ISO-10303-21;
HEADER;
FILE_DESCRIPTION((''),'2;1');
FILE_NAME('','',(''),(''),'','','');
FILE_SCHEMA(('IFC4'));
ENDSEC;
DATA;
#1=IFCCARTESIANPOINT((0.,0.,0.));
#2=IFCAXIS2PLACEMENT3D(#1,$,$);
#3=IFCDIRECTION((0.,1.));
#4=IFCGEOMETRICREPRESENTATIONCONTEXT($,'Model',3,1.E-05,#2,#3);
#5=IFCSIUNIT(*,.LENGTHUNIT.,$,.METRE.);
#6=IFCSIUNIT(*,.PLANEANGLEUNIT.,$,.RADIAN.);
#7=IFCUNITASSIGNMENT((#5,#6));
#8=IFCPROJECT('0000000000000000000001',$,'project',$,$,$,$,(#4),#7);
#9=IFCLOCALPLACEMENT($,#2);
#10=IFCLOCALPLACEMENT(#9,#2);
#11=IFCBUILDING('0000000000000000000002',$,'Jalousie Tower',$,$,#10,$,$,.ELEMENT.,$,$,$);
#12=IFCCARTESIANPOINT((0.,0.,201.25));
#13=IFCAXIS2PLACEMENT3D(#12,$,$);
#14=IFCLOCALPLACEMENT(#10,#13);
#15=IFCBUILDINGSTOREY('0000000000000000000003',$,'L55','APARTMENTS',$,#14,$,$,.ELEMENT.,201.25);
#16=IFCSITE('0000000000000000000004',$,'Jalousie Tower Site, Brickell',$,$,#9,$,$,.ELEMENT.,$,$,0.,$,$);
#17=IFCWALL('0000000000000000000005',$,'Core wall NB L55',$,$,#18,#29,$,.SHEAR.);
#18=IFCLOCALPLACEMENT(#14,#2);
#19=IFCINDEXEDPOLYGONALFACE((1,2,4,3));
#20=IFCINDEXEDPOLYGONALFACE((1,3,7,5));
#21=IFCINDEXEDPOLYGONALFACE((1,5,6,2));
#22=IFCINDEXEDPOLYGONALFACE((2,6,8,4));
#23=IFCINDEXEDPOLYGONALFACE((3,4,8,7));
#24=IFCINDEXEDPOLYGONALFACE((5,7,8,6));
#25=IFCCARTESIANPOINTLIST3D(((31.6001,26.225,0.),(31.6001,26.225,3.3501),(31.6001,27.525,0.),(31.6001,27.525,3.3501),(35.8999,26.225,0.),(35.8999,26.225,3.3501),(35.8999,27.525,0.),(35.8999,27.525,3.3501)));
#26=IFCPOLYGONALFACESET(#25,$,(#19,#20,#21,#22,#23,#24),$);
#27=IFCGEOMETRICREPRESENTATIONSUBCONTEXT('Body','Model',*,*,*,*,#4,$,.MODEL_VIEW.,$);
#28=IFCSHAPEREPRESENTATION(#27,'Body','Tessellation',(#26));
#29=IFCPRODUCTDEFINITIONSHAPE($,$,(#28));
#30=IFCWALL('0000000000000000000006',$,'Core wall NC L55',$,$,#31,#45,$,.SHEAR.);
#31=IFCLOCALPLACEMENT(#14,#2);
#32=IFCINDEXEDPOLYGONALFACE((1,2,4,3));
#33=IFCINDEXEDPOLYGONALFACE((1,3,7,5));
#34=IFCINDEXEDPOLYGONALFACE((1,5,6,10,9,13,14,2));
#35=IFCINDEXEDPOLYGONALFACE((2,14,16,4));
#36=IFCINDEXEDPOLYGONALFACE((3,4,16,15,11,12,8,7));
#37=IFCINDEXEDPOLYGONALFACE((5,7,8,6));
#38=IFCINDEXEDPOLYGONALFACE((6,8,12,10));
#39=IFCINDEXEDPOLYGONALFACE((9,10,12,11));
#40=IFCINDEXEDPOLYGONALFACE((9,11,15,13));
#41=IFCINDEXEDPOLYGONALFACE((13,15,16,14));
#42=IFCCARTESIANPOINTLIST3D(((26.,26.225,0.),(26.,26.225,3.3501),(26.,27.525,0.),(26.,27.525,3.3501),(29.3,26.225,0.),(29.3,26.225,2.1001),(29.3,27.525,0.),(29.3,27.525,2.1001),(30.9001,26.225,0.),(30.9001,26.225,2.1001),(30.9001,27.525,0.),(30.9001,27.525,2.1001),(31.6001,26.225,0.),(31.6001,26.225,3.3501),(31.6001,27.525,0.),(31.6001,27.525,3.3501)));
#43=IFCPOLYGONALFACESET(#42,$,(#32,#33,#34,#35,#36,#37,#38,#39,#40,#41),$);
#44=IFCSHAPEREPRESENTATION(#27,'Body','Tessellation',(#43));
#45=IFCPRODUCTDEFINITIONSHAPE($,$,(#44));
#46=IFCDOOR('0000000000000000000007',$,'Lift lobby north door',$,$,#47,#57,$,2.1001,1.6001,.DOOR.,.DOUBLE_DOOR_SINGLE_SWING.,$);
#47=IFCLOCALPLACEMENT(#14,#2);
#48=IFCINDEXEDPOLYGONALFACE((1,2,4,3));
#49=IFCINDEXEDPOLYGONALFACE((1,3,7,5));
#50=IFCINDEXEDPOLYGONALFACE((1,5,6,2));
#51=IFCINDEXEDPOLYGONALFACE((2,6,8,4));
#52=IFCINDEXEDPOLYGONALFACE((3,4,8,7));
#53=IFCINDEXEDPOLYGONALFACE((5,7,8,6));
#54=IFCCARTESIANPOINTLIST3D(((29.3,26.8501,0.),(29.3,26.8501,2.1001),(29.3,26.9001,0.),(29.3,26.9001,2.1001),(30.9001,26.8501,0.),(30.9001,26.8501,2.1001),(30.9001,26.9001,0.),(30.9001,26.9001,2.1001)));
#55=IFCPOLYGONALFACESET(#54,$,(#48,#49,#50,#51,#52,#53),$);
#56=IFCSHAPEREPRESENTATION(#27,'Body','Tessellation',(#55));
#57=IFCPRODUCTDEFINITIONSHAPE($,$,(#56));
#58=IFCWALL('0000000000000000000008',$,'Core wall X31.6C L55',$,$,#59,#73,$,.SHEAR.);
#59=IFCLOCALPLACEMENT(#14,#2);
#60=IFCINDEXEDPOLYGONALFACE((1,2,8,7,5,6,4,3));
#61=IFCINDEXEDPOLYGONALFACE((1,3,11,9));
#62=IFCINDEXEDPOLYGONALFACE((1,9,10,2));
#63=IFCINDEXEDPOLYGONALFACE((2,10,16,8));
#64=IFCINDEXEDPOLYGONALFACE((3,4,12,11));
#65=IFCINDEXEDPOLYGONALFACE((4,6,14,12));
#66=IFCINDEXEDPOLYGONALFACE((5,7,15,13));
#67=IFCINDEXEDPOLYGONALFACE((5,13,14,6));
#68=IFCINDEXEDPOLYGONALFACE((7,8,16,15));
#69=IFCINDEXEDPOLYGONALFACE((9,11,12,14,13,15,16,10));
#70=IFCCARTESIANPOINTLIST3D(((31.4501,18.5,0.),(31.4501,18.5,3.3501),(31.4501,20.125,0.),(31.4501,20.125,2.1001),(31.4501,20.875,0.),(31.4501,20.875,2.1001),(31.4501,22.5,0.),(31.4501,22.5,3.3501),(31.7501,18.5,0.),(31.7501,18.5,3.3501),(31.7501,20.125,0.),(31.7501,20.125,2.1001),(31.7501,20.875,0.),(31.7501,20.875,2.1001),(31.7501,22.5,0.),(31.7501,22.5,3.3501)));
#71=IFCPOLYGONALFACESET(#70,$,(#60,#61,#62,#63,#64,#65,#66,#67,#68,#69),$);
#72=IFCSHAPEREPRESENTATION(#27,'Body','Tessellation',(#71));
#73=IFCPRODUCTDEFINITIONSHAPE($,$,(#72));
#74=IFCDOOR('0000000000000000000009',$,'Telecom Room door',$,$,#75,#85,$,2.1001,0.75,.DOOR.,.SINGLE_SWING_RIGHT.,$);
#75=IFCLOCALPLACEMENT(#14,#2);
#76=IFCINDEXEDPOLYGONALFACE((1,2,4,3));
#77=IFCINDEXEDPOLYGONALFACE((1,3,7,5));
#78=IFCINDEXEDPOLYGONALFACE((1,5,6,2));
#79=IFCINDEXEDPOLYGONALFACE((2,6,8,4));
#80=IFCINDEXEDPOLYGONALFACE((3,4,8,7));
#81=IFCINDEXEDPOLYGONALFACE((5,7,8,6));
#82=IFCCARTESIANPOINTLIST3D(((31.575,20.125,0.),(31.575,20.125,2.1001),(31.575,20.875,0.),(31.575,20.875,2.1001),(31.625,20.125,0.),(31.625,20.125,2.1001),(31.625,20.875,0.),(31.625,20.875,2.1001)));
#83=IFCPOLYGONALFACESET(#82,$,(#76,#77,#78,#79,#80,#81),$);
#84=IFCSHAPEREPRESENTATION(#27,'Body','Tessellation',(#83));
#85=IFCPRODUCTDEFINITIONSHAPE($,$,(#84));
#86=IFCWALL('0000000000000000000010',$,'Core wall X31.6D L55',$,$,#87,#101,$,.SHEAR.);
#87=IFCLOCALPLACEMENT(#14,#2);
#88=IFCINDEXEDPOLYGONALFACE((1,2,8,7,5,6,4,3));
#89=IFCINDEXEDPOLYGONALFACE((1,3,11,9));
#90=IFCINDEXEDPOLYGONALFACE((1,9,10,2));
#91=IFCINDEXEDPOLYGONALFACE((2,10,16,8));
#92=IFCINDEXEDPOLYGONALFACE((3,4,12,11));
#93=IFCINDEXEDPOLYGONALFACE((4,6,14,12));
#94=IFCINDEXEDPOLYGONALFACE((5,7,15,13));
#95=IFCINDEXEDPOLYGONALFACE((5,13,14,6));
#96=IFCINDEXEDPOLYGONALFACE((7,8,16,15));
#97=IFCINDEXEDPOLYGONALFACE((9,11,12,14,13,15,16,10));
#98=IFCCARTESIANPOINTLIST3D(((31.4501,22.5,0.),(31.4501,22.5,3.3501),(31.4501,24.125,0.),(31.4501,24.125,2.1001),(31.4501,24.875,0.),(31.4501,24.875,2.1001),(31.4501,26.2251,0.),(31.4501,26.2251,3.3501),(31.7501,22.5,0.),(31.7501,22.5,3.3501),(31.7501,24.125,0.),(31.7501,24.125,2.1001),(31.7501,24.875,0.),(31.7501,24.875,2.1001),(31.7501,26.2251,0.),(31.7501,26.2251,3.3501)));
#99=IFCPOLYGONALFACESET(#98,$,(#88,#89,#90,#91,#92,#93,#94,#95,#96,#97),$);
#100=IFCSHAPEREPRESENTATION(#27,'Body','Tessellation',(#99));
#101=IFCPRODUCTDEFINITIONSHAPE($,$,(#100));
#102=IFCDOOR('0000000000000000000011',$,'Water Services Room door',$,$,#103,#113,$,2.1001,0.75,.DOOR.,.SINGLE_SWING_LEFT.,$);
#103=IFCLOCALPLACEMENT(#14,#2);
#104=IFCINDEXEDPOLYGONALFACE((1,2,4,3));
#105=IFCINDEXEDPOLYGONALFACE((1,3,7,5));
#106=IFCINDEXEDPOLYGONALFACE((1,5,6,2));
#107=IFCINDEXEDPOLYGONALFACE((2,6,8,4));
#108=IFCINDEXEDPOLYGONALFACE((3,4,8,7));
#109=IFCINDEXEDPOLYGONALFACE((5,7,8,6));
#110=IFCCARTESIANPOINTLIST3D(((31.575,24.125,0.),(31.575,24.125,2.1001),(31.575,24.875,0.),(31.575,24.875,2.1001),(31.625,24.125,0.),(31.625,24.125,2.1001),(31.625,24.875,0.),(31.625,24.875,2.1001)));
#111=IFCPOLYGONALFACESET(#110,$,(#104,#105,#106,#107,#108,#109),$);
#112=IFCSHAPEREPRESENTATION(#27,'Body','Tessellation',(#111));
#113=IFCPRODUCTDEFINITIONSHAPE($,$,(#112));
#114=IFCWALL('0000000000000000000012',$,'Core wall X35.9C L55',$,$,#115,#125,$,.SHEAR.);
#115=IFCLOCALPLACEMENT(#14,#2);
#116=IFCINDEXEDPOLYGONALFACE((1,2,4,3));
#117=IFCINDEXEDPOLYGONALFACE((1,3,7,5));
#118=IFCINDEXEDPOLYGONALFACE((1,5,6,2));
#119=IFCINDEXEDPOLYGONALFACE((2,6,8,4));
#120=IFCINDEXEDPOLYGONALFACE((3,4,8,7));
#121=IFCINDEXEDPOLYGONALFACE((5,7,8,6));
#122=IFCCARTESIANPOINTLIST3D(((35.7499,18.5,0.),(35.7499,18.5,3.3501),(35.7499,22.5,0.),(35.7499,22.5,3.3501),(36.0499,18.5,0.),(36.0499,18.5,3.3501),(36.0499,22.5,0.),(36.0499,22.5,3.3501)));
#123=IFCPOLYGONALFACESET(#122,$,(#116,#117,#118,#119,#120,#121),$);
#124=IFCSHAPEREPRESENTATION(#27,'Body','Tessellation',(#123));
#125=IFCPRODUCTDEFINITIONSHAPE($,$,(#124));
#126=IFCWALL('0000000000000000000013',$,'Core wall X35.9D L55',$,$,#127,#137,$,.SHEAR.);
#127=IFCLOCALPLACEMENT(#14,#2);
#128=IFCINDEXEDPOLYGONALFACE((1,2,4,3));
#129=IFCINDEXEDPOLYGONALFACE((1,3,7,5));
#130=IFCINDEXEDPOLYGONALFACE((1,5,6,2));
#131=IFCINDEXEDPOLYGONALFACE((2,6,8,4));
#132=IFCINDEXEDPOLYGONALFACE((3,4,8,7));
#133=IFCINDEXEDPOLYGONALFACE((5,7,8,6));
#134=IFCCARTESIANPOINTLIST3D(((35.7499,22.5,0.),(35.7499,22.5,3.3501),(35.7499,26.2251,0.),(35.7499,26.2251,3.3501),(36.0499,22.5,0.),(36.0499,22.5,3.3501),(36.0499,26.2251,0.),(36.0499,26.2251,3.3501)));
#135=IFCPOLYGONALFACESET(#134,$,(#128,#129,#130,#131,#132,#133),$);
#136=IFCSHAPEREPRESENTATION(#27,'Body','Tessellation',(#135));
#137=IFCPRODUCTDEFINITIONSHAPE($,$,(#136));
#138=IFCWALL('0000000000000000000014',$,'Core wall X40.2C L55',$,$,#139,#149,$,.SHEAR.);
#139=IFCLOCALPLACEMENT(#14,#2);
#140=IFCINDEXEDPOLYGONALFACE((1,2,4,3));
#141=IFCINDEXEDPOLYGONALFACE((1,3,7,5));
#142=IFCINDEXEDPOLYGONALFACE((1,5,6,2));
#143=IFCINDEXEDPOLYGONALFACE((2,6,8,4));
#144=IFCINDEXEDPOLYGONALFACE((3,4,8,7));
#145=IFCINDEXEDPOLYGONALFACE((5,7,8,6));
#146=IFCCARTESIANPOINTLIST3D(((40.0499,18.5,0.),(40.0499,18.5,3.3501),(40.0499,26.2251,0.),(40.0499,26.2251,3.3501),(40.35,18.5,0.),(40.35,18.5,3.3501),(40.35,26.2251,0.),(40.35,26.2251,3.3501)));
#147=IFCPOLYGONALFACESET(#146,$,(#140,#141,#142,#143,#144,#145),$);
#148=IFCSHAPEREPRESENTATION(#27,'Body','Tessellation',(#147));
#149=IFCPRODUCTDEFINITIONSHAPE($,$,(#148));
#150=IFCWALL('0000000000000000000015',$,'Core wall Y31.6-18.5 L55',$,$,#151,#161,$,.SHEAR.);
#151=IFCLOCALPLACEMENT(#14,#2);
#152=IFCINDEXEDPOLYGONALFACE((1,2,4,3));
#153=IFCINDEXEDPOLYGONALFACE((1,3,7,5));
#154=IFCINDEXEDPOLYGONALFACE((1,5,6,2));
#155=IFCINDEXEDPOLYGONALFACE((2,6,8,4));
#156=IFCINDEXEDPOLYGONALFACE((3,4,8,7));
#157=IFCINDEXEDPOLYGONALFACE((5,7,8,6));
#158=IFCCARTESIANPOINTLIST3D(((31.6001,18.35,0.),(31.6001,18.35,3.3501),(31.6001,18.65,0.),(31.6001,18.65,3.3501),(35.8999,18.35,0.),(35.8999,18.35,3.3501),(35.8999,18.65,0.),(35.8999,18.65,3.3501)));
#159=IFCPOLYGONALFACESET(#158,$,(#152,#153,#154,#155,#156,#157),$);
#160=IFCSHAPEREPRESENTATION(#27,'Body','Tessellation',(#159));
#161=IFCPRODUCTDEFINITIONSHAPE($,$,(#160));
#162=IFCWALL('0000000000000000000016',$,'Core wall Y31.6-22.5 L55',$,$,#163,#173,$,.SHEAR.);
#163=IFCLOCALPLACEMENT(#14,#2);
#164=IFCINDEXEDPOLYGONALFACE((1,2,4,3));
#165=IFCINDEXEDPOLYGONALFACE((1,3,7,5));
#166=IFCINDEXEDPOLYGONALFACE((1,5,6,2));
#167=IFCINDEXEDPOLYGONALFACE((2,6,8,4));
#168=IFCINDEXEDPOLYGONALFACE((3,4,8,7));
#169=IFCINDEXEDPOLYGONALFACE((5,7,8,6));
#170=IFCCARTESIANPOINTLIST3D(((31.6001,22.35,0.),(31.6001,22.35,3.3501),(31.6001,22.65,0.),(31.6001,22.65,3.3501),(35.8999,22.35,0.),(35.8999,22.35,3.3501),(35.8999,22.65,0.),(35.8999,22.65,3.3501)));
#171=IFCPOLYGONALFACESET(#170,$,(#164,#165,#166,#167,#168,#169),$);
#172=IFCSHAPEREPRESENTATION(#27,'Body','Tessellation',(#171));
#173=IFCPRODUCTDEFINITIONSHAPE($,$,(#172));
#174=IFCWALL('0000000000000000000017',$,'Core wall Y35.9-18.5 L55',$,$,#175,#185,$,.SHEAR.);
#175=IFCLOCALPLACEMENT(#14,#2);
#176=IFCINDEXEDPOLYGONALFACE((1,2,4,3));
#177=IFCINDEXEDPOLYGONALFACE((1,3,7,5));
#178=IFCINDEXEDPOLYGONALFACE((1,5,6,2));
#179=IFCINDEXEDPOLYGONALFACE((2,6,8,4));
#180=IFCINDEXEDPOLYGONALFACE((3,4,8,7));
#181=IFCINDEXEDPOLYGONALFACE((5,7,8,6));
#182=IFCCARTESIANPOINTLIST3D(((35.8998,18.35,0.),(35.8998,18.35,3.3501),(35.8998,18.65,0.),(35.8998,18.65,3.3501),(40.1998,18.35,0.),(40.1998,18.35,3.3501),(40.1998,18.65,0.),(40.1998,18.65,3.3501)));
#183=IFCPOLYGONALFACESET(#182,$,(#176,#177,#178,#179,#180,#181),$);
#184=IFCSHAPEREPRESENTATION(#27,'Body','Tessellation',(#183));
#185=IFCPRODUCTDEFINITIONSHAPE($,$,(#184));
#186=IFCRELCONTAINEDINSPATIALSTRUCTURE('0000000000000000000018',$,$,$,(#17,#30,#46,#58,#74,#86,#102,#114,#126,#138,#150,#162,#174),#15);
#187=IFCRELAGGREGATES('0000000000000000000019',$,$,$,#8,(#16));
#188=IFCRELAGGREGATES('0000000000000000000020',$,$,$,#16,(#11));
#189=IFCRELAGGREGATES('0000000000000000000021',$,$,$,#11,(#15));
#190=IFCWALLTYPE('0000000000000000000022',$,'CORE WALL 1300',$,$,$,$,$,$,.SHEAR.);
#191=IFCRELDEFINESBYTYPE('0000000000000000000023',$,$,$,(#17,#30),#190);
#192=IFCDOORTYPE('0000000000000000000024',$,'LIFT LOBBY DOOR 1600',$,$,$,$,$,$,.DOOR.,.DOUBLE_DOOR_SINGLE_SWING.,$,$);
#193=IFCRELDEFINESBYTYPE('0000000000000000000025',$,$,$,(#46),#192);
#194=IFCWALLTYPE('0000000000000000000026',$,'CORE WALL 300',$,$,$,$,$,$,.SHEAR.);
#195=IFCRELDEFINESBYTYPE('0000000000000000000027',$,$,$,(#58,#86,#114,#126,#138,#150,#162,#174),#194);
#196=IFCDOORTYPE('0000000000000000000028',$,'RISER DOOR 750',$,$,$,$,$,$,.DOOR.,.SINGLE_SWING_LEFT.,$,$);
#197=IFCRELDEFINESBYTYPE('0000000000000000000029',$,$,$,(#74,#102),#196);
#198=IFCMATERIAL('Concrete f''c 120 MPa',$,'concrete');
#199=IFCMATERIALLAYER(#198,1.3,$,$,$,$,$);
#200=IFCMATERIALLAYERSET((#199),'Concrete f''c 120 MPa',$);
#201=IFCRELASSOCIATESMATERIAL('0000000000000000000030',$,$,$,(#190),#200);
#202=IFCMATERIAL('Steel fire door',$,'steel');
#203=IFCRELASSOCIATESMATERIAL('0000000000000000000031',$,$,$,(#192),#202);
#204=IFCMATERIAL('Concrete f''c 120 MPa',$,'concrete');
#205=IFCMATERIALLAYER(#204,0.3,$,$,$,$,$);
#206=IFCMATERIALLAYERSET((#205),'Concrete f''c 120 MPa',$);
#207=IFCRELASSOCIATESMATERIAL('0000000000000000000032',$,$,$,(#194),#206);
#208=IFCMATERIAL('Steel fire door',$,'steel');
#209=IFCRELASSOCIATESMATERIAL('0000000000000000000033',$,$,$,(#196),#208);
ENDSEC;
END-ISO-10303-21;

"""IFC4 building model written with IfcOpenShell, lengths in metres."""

from ifc_helpers import new_model, si_unit, direction, frame, frame_2d, origin, place, context, subcontext, project, spatial, rectangle, extrude, material, layer, layer_set, type_object, element, fill, save


model = new_model("IFC4")

# Units and contexts
model_context = context("Model", 3, precision=1e-05, world=origin(), true_north=direction((0.0, 1.0)))
body_context = subcontext(model_context, "Body", "Model", "MODEL_VIEW")
ifc_project = project(units=[si_unit("LENGTHUNIT", "METRE"), si_unit("PLANEANGLEUNIT", "RADIAN")], contexts=[model_context])

# Site, building, storey
site_placement = place(None, origin())
site = spatial("IfcSite", under=ifc_project, at=site_placement, Name="Jalousie Tower Site, Brickell", CompositionType="ELEMENT", RefElevation=0.0)
building_placement = place(site_placement, origin())
building = spatial("IfcBuilding", under=site, at=building_placement, Name="Jalousie Tower", CompositionType="ELEMENT")
storey_placement = place(building_placement, frame((0.0, 0.0, 201.25)))
storey = spatial("IfcBuildingStorey", under=building, at=storey_placement, Name="L55", Description="APARTMENTS", CompositionType="ELEMENT", Elevation=201.25)

# Wall
ifc_material_1 = material(Name="Concrete f'c 120 MPa", Category="concrete")
ifc_layer_1 = layer(ifc_material_1, 1.3)
ifc_layer_set_1 = layer_set([ifc_layer_1], Name="Concrete f'c 120 MPa")
wall_type_1 = type_object("IfcWallType", Name="CORE WALL 1300", PredefinedType="SHEAR", material=ifc_layer_set_1)
wall_1_placement = place(storey_placement, frame((35.8999, 26.875, 0.0), z_axis=(0.0, 0.0, 1.0), x_axis=(-1.0, 0.0, 0.0)))
element("IfcWall", 1, at=wall_1_placement, inside=storey, type_object=wall_type_1, Name="Core wall NB L55", PredefinedType="SHEAR", context=body_context, shape_type="SweptSolid", body=[
    extrude(rectangle(XDim=4.2998, YDim=1.3, at=frame_2d((2.1499, 0.0))), origin(), (0.0, 0.0, 1.0), 3.3501),
])

# Walls, openings, doors
wall_2_placement = place(storey_placement, frame((31.6001, 26.875, 0.0), z_axis=(0.0, 0.0, 1.0), x_axis=(-1.0, 0.0, 0.0)))
wall_2 = element("IfcWall", 2, at=wall_2_placement, inside=storey, type_object=wall_type_1, Name="Core wall NC L55", PredefinedType="SHEAR", context=body_context, shape_type="SweptSolid", body=[
    extrude(rectangle(XDim=5.6001, YDim=1.3, at=frame_2d((2.8, 0.0))), origin(), (0.0, 0.0, 1.0), 3.3501),
])
opening_1_placement = place(wall_2_placement, frame((0.7, 0.0, 0.0)))
opening_1 = element("IfcOpeningElement", 3, at=opening_1_placement, cuts=wall_2, PredefinedType="OPENING", context=body_context, shape_type="SweptSolid", body=[
    extrude(rectangle(XDim=1.6001, YDim=2.1001, at=frame_2d((0.8, 1.05))), frame((0.0, 0.6599, 0.0), z_axis=(0.0, -1.0, 0.0), x_axis=(1.0, 0.0, 0.0)), (0.0, 0.0, 1.0), 1.3201),
])
ifc_material_2 = material(Name="Steel fire door", Category="steel")
door_type_1 = type_object("IfcDoorType", Name="LIFT LOBBY DOOR 1600", OperationType="DOUBLE_DOOR_SINGLE_SWING", PredefinedType="DOOR", material=ifc_material_2)
door_1_placement = place(opening_1_placement, origin())
door_1 = element("IfcDoor", 4, at=door_1_placement, inside=storey, type_object=door_type_1, Name="Lift lobby north door", OperationType="DOUBLE_DOOR_SINGLE_SWING", OverallHeight=2.1001, OverallWidth=1.6001, PredefinedType="DOOR", context=body_context, shape_type="SweptSolid", body=[
    extrude(rectangle(XDim=1.6001, YDim=2.1001, at=frame_2d((0.8, 1.05))), frame((0.0, 0.0249, 0.0), z_axis=(0.0, -1.0, 0.0), x_axis=(1.0, 0.0, 0.0)), (0.0, 0.0, 1.0), 0.05),
])
fill(opening_1, door_1)
ifc_material_3 = material(Name="Concrete f'c 120 MPa", Category="concrete")
ifc_layer_2 = layer(ifc_material_3, 0.3)
ifc_layer_set_2 = layer_set([ifc_layer_2], Name="Concrete f'c 120 MPa")
wall_type_2 = type_object("IfcWallType", Name="CORE WALL 300", PredefinedType="SHEAR", material=ifc_layer_set_2)
wall_3_placement = place(storey_placement, frame((31.6001, 18.5, 0.0), z_axis=(0.0, 0.0, 1.0), x_axis=(0.0, 1.0, 0.0)))
wall_3 = element("IfcWall", 5, at=wall_3_placement, inside=storey, type_object=wall_type_2, Name="Core wall X31.6C L55", PredefinedType="SHEAR", context=body_context, shape_type="SweptSolid", body=[
    extrude(rectangle(XDim=4.0, YDim=0.3, at=frame_2d((2.0, 0.0))), origin(), (0.0, 0.0, 1.0), 3.3501),
])
opening_2_placement = place(wall_3_placement, frame((1.625, 0.0, 0.0)))
opening_2 = element("IfcOpeningElement", 6, at=opening_2_placement, cuts=wall_3, PredefinedType="OPENING", context=body_context, shape_type="SweptSolid", body=[
    extrude(rectangle(XDim=0.75, YDim=2.1001, at=frame_2d((0.375, 1.05))), frame((0.0, 0.1599, 0.0), z_axis=(0.0, -1.0, 0.0), x_axis=(1.0, 0.0, 0.0)), (0.0, 0.0, 1.0), 0.3201),
])
ifc_material_4 = material(Name="Steel fire door", Category="steel")
door_type_2 = type_object("IfcDoorType", Name="RISER DOOR 750", OperationType="SINGLE_SWING_LEFT", PredefinedType="DOOR", material=ifc_material_4)
door_2_placement = place(opening_2_placement, frame((0.75, 0.0, 0.0), z_axis=(0.0, 0.0, 1.0), x_axis=(-1.0, 0.0, 0.0)))
door_2 = element("IfcDoor", 7, at=door_2_placement, inside=storey, type_object=door_type_2, Name="Telecom Room door", OperationType="SINGLE_SWING_RIGHT", OverallHeight=2.1001, OverallWidth=0.75, PredefinedType="DOOR", context=body_context, shape_type="SweptSolid", body=[
    extrude(rectangle(XDim=0.75, YDim=2.1001, at=frame_2d((0.375, 1.05))), frame((0.0, 0.0249, 0.0), z_axis=(0.0, -1.0, 0.0), x_axis=(1.0, 0.0, 0.0)), (0.0, 0.0, 1.0), 0.05),
])
fill(opening_2, door_2)
wall_4_placement = place(storey_placement, frame((31.6001, 22.5, 0.0), z_axis=(0.0, 0.0, 1.0), x_axis=(0.0, 1.0, 0.0)))
wall_4 = element("IfcWall", 8, at=wall_4_placement, inside=storey, type_object=wall_type_2, Name="Core wall X31.6D L55", PredefinedType="SHEAR", context=body_context, shape_type="SweptSolid", body=[
    extrude(rectangle(XDim=3.7251, YDim=0.3, at=frame_2d((1.8625, 0.0))), origin(), (0.0, 0.0, 1.0), 3.3501),
])
opening_3_placement = place(wall_4_placement, frame((1.625, 0.0, 0.0)))
opening_3 = element("IfcOpeningElement", 9, at=opening_3_placement, cuts=wall_4, PredefinedType="OPENING", context=body_context, shape_type="SweptSolid", body=[
    extrude(rectangle(XDim=0.75, YDim=2.1001, at=frame_2d((0.375, 1.05))), frame((0.0, 0.1599, 0.0), z_axis=(0.0, -1.0, 0.0), x_axis=(1.0, 0.0, 0.0)), (0.0, 0.0, 1.0), 0.3201),
])
door_3_placement = place(opening_3_placement, frame((0.75, 0.0, 0.0), z_axis=(0.0, 0.0, 1.0), x_axis=(-1.0, 0.0, 0.0)))
door_3 = element("IfcDoor", 10, at=door_3_placement, inside=storey, type_object=door_type_2, Name="Water Services Room door", OperationType="SINGLE_SWING_LEFT", OverallHeight=2.1001, OverallWidth=0.75, PredefinedType="DOOR", context=body_context, shape_type="SweptSolid", body=[
    extrude(rectangle(XDim=0.75, YDim=2.1001, at=frame_2d((0.375, 1.05))), frame((0.0, 0.0249, 0.0), z_axis=(0.0, -1.0, 0.0), x_axis=(1.0, 0.0, 0.0)), (0.0, 0.0, 1.0), 0.05),
])
fill(opening_3, door_3)

# Walls
wall_5_placement = place(storey_placement, frame((35.8999, 18.5, 0.0), z_axis=(0.0, 0.0, 1.0), x_axis=(0.0, 1.0, 0.0)))
element("IfcWall", 11, at=wall_5_placement, inside=storey, type_object=wall_type_2, Name="Core wall X35.9C L55", PredefinedType="SHEAR", context=body_context, shape_type="SweptSolid", body=[
    extrude(rectangle(XDim=4.0, YDim=0.3, at=frame_2d((2.0, 0.0))), origin(), (0.0, 0.0, 1.0), 3.3501),
])
wall_6_placement = place(storey_placement, frame((35.8999, 22.5, 0.0), z_axis=(0.0, 0.0, 1.0), x_axis=(0.0, 1.0, 0.0)))
element("IfcWall", 12, at=wall_6_placement, inside=storey, type_object=wall_type_2, Name="Core wall X35.9D L55", PredefinedType="SHEAR", context=body_context, shape_type="SweptSolid", body=[
    extrude(rectangle(XDim=3.7251, YDim=0.3, at=frame_2d((1.8625, 0.0))), origin(), (0.0, 0.0, 1.0), 3.3501),
])
wall_7_placement = place(storey_placement, frame((40.2, 18.5, 0.0), z_axis=(0.0, 0.0, 1.0), x_axis=(0.0, 1.0, 0.0)))
element("IfcWall", 13, at=wall_7_placement, inside=storey, type_object=wall_type_2, Name="Core wall X40.2C L55", PredefinedType="SHEAR", context=body_context, shape_type="SweptSolid", body=[
    extrude(rectangle(XDim=7.7251, YDim=0.3, at=frame_2d((3.8625, 0.0))), origin(), (0.0, 0.0, 1.0), 3.3501),
])
for number, where, z_axis, x_axis, name in (
    (14, (31.6001, 18.5, 0.0), (0.0, 0.0, 1.0), (1.0, 0.0, 0.0), "Core wall Y31.6-18.5 L55"),
    (15, (31.6001, 22.5, 0.0), (0.0, 0.0, 1.0), (1.0, 0.0, 0.0), "Core wall Y31.6-22.5 L55"),
):
    element("IfcWall", number, at=place(storey_placement, frame(where, z_axis=z_axis, x_axis=x_axis)), inside=storey, type_object=wall_type_2, Name=name, PredefinedType="SHEAR", context=body_context, shape_type="SweptSolid", body=[
        extrude(rectangle(XDim=4.2998, YDim=0.3, at=frame_2d((2.1499, 0.0))), origin(), (0.0, 0.0, 1.0), 3.3501),
    ])
wall_8_placement = place(storey_placement, frame((35.8999, 18.5, 0.0), z_axis=(0.0, 0.0, 1.0), x_axis=(1.0, 0.0, 0.0)))
element("IfcWall", 16, at=wall_8_placement, inside=storey, type_object=wall_type_2, Name="Core wall Y35.9-18.5 L55", PredefinedType="SHEAR", context=body_context, shape_type="SweptSolid", body=[
    extrude(rectangle(XDim=4.3, YDim=0.3, at=frame_2d((2.1499, 0.0))), origin(), (0.0, 0.0, 1.0), 3.3501),
])

save(model, "model.ifc")
